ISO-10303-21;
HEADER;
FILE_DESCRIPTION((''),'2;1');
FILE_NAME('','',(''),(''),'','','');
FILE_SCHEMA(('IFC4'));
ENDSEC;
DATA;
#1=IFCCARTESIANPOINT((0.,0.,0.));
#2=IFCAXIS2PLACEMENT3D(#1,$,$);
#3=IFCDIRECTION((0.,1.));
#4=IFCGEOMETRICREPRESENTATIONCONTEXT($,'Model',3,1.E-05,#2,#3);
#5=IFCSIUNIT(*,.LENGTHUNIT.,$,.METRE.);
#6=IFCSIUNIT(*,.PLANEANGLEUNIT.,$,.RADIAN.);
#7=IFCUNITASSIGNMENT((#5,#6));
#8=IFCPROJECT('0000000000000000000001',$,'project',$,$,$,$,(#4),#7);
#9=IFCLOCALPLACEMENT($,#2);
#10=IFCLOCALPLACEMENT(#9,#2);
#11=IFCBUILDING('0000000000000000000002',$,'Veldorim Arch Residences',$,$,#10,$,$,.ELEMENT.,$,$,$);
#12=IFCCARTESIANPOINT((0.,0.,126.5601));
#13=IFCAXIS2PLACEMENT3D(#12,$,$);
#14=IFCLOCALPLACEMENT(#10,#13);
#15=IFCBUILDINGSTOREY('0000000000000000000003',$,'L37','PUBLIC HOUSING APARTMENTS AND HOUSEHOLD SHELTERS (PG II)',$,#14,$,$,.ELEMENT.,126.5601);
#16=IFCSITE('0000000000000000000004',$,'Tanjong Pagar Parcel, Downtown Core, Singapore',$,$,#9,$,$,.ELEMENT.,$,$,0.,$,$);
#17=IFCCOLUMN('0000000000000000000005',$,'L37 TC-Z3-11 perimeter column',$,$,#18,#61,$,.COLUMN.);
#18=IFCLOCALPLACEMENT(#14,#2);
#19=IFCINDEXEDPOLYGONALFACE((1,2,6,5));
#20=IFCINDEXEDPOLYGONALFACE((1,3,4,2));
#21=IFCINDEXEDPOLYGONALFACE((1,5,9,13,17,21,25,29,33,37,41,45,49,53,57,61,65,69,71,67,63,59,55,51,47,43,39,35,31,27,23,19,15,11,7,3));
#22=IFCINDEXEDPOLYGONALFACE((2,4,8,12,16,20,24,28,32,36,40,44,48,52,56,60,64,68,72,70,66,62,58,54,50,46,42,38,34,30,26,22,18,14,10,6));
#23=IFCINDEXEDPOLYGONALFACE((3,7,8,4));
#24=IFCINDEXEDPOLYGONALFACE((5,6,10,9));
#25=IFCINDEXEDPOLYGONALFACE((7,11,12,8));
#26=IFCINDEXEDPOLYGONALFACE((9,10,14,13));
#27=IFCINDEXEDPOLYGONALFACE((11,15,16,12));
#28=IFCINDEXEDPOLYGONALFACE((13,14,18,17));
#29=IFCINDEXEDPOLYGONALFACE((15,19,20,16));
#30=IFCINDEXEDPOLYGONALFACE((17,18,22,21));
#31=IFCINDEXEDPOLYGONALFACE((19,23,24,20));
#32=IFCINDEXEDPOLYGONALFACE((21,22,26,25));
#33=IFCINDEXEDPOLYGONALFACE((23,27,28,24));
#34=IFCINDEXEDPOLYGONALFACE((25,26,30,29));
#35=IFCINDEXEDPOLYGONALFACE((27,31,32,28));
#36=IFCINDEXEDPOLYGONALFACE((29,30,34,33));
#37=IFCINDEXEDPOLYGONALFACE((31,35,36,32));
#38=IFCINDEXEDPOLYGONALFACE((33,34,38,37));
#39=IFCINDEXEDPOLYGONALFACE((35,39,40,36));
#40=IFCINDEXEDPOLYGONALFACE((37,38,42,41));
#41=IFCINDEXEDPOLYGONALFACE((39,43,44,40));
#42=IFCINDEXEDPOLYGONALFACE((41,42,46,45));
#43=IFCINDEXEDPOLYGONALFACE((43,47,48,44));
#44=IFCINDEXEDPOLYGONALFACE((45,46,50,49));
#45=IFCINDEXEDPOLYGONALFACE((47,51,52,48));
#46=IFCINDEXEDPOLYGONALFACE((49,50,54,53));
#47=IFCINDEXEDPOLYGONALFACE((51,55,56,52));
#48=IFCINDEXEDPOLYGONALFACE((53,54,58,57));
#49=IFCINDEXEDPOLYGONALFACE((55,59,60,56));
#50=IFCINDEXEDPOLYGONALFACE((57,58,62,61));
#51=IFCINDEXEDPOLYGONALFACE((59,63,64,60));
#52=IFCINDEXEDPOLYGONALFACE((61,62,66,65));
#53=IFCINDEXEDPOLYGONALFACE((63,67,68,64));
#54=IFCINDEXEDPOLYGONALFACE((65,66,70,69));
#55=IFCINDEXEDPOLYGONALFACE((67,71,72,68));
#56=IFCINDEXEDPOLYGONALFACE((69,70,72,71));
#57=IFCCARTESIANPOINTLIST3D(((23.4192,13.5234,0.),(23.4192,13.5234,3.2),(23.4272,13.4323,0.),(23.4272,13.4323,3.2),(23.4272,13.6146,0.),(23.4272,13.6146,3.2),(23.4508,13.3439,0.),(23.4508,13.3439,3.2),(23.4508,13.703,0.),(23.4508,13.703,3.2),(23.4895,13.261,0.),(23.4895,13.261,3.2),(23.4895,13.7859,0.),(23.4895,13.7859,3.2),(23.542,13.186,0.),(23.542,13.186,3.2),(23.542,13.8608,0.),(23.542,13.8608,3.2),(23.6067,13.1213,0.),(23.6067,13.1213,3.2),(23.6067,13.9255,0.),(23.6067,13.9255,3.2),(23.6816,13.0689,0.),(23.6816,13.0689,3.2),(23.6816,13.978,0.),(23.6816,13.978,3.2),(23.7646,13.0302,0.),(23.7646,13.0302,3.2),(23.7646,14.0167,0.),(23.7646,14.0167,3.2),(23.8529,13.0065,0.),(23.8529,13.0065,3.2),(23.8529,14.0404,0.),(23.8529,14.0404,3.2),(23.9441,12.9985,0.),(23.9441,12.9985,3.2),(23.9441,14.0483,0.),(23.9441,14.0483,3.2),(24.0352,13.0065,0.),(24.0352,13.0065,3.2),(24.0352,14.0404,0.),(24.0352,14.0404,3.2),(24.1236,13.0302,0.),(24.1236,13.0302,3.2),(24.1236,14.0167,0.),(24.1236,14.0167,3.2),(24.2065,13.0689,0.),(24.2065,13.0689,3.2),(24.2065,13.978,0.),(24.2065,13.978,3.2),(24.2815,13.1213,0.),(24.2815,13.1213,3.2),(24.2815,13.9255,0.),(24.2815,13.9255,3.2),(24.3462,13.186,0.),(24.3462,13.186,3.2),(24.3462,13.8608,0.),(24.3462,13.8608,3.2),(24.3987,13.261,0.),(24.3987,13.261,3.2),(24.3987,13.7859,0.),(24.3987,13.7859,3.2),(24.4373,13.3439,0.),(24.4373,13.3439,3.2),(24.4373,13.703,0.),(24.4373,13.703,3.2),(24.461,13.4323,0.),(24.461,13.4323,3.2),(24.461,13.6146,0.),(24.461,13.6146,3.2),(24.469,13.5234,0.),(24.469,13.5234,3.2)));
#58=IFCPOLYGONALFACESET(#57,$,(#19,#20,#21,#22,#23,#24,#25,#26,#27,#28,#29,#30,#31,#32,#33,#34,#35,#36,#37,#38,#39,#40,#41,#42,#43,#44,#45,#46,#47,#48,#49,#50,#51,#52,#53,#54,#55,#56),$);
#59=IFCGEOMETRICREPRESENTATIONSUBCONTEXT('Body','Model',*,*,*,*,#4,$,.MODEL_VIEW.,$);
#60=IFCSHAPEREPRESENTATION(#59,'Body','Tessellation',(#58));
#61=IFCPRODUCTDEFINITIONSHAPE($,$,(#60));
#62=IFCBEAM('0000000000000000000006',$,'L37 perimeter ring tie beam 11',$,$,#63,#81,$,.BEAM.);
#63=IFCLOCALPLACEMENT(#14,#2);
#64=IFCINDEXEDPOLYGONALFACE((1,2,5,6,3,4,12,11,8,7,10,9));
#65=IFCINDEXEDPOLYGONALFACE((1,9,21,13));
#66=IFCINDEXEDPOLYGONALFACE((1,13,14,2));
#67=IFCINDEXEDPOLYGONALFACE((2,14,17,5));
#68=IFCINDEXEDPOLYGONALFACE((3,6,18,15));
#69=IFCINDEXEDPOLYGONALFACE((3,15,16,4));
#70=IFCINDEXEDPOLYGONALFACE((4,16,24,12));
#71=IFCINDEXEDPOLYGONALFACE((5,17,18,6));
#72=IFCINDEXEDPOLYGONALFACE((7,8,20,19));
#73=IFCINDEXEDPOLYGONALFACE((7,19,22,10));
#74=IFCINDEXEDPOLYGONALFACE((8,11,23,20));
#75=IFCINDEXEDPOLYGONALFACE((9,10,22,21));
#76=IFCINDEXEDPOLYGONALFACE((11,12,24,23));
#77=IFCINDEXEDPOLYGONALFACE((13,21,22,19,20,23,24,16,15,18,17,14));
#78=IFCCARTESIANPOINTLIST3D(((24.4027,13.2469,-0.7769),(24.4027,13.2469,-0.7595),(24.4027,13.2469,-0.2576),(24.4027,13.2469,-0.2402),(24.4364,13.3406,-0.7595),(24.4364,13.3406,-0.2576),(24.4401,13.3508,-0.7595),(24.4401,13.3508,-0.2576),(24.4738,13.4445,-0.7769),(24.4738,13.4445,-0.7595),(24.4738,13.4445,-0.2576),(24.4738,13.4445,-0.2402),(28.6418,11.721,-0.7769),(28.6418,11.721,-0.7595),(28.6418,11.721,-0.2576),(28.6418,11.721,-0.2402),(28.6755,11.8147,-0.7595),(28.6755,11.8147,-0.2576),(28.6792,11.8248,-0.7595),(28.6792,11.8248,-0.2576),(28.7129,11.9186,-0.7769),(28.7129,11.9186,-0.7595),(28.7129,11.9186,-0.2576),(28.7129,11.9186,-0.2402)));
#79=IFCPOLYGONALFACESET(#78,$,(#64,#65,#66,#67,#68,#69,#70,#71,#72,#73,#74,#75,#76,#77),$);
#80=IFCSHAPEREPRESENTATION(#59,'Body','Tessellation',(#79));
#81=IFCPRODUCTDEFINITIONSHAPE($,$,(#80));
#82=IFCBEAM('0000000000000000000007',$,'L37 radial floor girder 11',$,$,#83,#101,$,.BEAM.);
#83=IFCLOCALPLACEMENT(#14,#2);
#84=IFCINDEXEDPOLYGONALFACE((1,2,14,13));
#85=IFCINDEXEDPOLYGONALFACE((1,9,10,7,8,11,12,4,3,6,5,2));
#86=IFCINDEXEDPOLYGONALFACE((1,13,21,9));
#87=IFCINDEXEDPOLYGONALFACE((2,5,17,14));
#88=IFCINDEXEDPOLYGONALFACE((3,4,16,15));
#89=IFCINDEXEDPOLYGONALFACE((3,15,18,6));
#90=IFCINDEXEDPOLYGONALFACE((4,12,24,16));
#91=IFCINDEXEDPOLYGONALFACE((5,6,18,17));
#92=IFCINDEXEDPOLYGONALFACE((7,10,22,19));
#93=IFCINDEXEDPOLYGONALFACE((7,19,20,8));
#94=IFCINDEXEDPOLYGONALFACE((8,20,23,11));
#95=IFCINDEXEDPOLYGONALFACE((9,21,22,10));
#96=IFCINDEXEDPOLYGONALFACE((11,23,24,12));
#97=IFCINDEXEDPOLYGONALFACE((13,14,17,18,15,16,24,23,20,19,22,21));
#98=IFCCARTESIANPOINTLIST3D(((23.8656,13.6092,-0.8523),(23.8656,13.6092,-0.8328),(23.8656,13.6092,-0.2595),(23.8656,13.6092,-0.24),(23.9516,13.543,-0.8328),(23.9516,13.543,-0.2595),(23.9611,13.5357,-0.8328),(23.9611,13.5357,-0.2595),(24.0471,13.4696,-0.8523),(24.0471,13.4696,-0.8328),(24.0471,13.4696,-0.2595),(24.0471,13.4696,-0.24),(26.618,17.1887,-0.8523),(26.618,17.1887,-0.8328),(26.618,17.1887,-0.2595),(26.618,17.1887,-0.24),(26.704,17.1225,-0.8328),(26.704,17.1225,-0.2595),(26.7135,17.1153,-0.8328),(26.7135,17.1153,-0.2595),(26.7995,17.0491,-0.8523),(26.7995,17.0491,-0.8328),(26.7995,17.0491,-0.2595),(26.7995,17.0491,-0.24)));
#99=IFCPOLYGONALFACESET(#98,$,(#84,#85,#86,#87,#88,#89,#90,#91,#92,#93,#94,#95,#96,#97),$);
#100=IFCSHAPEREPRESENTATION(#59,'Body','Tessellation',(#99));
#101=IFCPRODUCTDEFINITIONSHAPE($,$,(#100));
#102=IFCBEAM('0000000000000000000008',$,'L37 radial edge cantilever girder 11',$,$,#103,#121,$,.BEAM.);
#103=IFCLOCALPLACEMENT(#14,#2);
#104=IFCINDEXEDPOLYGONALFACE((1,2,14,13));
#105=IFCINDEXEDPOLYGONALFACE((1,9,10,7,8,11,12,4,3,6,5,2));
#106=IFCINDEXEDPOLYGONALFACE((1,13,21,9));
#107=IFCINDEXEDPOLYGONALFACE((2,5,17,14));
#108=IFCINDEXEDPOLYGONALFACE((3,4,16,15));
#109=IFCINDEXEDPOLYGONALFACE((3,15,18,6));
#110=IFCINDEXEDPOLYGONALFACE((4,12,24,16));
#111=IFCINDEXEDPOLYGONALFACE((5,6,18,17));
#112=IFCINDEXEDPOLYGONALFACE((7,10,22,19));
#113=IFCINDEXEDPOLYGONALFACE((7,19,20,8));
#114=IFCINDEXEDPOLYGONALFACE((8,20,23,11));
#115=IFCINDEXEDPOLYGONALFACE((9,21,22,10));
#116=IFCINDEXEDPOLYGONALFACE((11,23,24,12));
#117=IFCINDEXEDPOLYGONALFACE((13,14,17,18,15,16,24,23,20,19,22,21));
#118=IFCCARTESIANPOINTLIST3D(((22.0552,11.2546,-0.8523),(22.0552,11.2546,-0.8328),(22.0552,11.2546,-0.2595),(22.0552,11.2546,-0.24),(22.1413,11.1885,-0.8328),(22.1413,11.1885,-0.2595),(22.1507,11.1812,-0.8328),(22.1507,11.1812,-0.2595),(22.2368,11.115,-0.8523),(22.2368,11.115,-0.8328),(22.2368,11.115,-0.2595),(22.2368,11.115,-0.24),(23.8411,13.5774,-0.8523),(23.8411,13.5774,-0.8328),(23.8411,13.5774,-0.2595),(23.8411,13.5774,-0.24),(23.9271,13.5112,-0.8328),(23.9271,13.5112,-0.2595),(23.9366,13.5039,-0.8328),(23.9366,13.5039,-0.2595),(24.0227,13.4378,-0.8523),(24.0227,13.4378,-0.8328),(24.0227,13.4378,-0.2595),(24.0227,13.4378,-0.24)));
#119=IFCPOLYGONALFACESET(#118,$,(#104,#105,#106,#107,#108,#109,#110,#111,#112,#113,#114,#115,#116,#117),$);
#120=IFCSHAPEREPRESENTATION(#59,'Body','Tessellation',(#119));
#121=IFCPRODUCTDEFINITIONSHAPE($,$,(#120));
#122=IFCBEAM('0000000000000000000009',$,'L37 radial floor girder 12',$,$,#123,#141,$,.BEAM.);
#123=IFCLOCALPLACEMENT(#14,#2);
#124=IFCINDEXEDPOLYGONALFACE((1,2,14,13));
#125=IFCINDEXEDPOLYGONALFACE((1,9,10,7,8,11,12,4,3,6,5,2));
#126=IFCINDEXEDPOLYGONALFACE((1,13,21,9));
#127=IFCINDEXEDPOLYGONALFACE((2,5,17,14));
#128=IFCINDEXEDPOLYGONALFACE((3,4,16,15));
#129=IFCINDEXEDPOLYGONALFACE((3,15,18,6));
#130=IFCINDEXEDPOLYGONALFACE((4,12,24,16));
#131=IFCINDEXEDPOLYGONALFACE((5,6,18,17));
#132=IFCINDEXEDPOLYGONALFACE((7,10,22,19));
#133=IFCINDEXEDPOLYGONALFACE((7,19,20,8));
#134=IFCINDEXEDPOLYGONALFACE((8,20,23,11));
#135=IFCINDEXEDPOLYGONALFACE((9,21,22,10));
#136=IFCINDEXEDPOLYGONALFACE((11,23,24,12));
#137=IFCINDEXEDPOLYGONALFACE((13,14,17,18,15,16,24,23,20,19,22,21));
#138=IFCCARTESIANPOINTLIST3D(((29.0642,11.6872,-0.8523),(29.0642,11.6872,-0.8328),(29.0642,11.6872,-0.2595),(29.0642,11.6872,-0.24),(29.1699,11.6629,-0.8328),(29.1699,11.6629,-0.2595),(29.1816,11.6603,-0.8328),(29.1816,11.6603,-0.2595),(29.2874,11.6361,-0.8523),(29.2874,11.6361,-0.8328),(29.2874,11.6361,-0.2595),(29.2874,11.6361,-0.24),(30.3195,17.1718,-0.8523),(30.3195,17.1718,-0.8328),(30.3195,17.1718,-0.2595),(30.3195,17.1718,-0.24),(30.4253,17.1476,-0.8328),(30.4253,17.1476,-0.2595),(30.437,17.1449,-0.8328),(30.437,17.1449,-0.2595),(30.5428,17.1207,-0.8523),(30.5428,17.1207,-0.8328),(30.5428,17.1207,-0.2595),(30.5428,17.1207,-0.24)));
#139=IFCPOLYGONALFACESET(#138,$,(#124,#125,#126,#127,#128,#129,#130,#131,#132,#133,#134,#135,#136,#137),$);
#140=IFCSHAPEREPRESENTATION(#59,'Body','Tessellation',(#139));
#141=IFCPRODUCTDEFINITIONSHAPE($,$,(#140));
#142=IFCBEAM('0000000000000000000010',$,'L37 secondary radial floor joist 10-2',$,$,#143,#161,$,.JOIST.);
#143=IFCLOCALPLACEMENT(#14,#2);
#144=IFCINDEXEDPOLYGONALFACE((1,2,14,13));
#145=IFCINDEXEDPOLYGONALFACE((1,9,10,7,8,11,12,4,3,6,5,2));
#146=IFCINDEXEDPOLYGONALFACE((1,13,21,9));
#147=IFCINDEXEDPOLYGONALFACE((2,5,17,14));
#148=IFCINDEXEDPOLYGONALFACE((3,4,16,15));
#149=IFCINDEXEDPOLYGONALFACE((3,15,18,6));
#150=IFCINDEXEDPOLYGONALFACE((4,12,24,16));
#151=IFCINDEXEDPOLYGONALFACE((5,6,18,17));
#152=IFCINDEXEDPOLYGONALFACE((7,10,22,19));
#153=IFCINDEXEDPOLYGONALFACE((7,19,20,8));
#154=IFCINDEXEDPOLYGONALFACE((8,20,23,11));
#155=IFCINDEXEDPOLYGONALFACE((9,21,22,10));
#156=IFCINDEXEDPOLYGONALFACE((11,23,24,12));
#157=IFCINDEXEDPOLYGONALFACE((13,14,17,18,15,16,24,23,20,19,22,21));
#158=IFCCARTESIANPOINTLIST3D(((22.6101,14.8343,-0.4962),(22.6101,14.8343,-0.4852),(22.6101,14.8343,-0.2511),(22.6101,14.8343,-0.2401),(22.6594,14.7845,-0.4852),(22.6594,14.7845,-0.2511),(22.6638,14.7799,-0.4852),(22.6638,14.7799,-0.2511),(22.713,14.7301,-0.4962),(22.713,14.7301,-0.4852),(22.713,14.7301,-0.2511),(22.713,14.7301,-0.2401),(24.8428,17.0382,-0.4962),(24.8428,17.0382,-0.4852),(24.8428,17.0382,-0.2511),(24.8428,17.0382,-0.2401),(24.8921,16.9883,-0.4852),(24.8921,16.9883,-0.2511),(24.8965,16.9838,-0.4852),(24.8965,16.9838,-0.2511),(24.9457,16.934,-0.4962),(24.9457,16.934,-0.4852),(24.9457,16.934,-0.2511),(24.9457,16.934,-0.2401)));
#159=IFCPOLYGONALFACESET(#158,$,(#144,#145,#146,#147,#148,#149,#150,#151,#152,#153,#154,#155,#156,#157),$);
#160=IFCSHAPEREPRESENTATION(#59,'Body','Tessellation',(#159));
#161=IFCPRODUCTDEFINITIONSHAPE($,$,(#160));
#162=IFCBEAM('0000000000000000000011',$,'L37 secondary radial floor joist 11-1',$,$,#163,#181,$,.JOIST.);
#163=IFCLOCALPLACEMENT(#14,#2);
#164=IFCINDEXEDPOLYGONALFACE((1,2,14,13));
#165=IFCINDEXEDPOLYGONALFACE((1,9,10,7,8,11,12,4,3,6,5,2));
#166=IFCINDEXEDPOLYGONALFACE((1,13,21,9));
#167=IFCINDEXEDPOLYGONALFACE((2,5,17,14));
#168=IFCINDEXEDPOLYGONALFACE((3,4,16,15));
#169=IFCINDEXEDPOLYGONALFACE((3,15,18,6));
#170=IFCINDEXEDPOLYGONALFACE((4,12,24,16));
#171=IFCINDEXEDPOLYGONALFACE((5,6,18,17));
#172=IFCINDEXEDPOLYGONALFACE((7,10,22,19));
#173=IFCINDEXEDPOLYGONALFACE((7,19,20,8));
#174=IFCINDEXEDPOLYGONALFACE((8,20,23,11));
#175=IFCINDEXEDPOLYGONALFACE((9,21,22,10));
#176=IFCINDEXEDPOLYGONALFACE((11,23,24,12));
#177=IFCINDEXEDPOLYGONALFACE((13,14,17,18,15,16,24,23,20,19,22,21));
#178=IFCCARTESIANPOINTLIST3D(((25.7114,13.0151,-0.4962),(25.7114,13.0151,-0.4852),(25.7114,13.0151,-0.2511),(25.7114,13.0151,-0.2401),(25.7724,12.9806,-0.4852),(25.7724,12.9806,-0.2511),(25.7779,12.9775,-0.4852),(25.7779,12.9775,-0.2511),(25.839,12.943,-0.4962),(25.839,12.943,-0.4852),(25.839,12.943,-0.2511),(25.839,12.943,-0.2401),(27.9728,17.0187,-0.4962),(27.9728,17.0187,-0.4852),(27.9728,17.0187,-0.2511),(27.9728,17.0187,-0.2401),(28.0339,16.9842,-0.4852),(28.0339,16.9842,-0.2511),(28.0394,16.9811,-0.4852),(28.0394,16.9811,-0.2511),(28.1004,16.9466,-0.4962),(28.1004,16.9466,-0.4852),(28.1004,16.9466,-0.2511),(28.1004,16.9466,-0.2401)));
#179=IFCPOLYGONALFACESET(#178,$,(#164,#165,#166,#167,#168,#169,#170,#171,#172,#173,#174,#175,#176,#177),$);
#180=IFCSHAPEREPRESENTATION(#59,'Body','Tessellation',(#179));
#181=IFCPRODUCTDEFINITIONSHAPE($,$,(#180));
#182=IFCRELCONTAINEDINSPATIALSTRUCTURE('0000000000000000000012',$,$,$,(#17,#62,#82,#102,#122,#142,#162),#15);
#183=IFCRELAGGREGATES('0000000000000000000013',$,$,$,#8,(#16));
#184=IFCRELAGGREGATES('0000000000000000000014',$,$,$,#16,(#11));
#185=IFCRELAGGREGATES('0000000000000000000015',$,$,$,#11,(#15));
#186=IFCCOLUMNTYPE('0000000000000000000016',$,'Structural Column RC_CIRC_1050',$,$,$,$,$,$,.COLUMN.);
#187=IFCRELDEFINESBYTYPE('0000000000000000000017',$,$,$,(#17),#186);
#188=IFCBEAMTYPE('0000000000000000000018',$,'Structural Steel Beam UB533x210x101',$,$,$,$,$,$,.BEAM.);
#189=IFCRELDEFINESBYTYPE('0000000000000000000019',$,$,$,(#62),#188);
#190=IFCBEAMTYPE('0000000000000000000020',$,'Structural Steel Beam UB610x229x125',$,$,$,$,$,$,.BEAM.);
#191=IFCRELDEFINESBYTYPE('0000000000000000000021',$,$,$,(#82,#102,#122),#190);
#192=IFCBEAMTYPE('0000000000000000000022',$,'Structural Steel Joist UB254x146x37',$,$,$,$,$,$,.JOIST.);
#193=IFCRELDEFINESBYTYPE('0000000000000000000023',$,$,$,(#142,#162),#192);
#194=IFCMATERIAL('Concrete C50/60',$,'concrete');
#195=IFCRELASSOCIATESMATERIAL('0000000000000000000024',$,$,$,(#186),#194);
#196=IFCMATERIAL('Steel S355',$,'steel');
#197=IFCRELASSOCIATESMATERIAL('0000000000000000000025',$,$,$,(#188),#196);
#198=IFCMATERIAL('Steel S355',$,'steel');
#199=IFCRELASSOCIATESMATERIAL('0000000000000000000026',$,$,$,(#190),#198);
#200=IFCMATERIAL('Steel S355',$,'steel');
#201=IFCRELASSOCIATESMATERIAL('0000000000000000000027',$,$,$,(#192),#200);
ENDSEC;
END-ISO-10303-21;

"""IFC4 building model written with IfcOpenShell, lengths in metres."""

from ifc_helpers import new_model, si_unit, direction, frame, origin, origin_2d, place, context, subcontext, project, spatial, circle, i_section, extrude, material, material_profile, profile_set, type_object, element, save


model = new_model("IFC4")

# Units and contexts
model_context = context("Model", 3, precision=1e-05, world=origin(), true_north=direction((0.0, 1.0)))
body_context = subcontext(model_context, "Body", "Model", "MODEL_VIEW")
ifc_project = project(units=[si_unit("LENGTHUNIT", "METRE"), si_unit("PLANEANGLEUNIT", "RADIAN")], contexts=[model_context])

# Site, building, storey
site_placement = place(None, origin())
site = spatial("IfcSite", under=ifc_project, at=site_placement, Name="Tanjong Pagar Parcel, Downtown Core, Singapore", CompositionType="ELEMENT", RefElevation=0.0)
building_placement = place(site_placement, origin())
building = spatial("IfcBuilding", under=site, at=building_placement, Name="Veldorim Arch Residences", CompositionType="ELEMENT")
storey_placement = place(building_placement, frame((0.0, 0.0, 126.5601)))
storey = spatial("IfcBuildingStorey", under=building, at=storey_placement, Name="L37", Description="PUBLIC HOUSING APARTMENTS AND HOUSEHOLD SHELTERS (PG II)", CompositionType="ELEMENT", Elevation=126.5601)

# Column
ifc_material_1 = material(Name="Concrete C50/60", Category="concrete")
ifc_material_profile_1 = material_profile(ifc_material_1, circle(Radius=0.5249, at=origin_2d()), Name="RC_CIRC_1050")
ifc_profile_set_1 = profile_set([ifc_material_profile_1], Name="Concrete C50/60")
column_type = type_object("IfcColumnType", Name="Structural Column RC_CIRC_1050", PredefinedType="COLUMN", material=ifc_profile_set_1)
column_placement = place(storey_placement, frame((23.9441, 13.5234, 0.0), z_axis=(0.0, 0.0, 1.0), x_axis=(1.0, 0.0, 0.0)))
element("IfcColumn", 1, at=column_placement, inside=storey, type_object=column_type, Name="L37 TC-Z3-11 perimeter column", PredefinedType="COLUMN", context=body_context, shape_type="SweptSolid", body=[
    extrude(circle(Radius=0.5249, at=origin_2d()), origin(), (0.0, 0.0, 1.0), 3.2),
])

# Beams
ifc_material_2 = material(Name="Steel S355", Category="steel")
ifc_material_profile_2 = material_profile(ifc_material_2, i_section(OverallWidth=0.21, OverallDepth=0.5366, WebThickness=0.0107, FlangeThickness=0.0173, at=origin_2d()), Name="UB533x210x101")
ifc_profile_set_2 = profile_set([ifc_material_profile_2], Name="Steel S355")
beam_type_1 = type_object("IfcBeamType", Name="Structural Steel Beam UB533x210x101", PredefinedType="BEAM", material=ifc_profile_set_2)
beam_1_placement = place(storey_placement, frame((24.4382, 13.3457, -0.5085), z_axis=(0.940899, -0.338687, 0.0), x_axis=(0.338687, 0.940899, 0.0)))
element("IfcBeam", 2, at=beam_1_placement, inside=storey, type_object=beam_type_1, Name="L37 perimeter ring tie beam 11", PredefinedType="BEAM", context=body_context, shape_type="SweptSolid", body=[
    extrude(i_section(OverallWidth=0.21, OverallDepth=0.5366, WebThickness=0.0107, FlangeThickness=0.0173, at=origin_2d()), origin(), (0.0, 0.0, 1.0), 4.5054),
])
ifc_material_3 = material(Name="Steel S355", Category="steel")
ifc_material_profile_3 = material_profile(ifc_material_3, i_section(OverallWidth=0.229, OverallDepth=0.6123, WebThickness=0.012, FlangeThickness=0.0195, at=origin_2d()), Name="UB610x229x125")
ifc_profile_set_3 = profile_set([ifc_material_profile_3], Name="Steel S355")
beam_type_2 = type_object("IfcBeamType", Name="Structural Steel Beam UB610x229x125", PredefinedType="BEAM", material=ifc_profile_set_3)
beam_2_placement = place(storey_placement, frame((26.7087, 17.1189, -0.5461), z_axis=(-0.609559, -0.792741, 0.0), x_axis=(0.792741, -0.609559, 0.0)))
element("IfcBeam", 3, at=beam_2_placement, inside=storey, type_object=beam_type_2, Name="L37 radial floor girder 11", PredefinedType="BEAM", context=body_context, shape_type="SweptSolid", body=[
    extrude(i_section(OverallWidth=0.229, OverallDepth=0.6123, WebThickness=0.012, FlangeThickness=0.0195, at=origin_2d()), origin(), (0.0, 0.0, 1.0), 4.5154),
])
beam_3_placement = place(storey_placement, frame((23.9319, 13.5076, -0.5461), z_axis=(-0.60953, -0.792763, 0.0), x_axis=(0.792763, -0.60953, 0.0)))
element("IfcBeam", 4, at=beam_3_placement, inside=storey, type_object=beam_type_2, Name="L37 radial edge cantilever girder 11", PredefinedType="BEAM", context=body_context, shape_type="SweptSolid", body=[
    extrude(i_section(OverallWidth=0.229, OverallDepth=0.6123, WebThickness=0.012, FlangeThickness=0.0195, at=origin_2d()), origin(), (0.0, 0.0, 1.0), 2.9299),
])
beam_4_placement = place(storey_placement, frame((30.4312, 17.1462, -0.5461), z_axis=(-0.223119, -0.974791, 0.0), x_axis=(0.974791, -0.223119, 0.0)))
element("IfcBeam", 5, at=beam_4_placement, inside=storey, type_object=beam_type_2, Name="L37 radial floor girder 12", PredefinedType="BEAM", context=body_context, shape_type="SweptSolid", body=[
    extrude(i_section(OverallWidth=0.229, OverallDepth=0.6123, WebThickness=0.012, FlangeThickness=0.0195, at=origin_2d()), origin(), (0.0, 0.0, 1.0), 5.6265),
])
ifc_material_4 = material(Name="Steel S355", Category="steel")
ifc_material_profile_4 = material_profile(ifc_material_4, i_section(OverallWidth=0.1465, OverallDepth=0.2561, WebThickness=0.0063, FlangeThickness=0.011, at=origin_2d()), Name="UB254x146x37")
ifc_profile_set_4 = profile_set([ifc_material_profile_4], Name="Steel S355")
beam_type_3 = type_object("IfcBeamType", Name="Structural Steel Joist UB254x146x37", PredefinedType="JOIST", material=ifc_profile_set_4)
beam_5_placement = place(storey_placement, frame((24.8943, 16.9861, -0.3682), z_axis=(-0.711683, -0.7025, 0.0), x_axis=(0.7025, -0.711683, 0.0)))
element("IfcBeam", 6, at=beam_5_placement, inside=storey, type_object=beam_type_3, Name="L37 secondary radial floor joist 10-2", PredefinedType="JOIST", context=body_context, shape_type="SweptSolid", body=[
    extrude(i_section(OverallWidth=0.1465, OverallDepth=0.2561, WebThickness=0.0063, FlangeThickness=0.011, at=origin_2d()), origin(), (0.0, 0.0, 1.0), 3.1372),
])
beam_6_placement = place(storey_placement, frame((28.0366, 16.9827, -0.3682), z_axis=(-0.491816, -0.870699, 0.0), x_axis=(0.870699, -0.491816, 0.0)))
element("IfcBeam", 7, at=beam_6_placement, inside=storey, type_object=beam_type_3, Name="L37 secondary radial floor joist 11-1", PredefinedType="JOIST", context=body_context, shape_type="SweptSolid", body=[
    extrude(i_section(OverallWidth=0.1465, OverallDepth=0.2561, WebThickness=0.0063, FlangeThickness=0.011, at=origin_2d()), origin(), (0.0, 0.0, 1.0), 4.5981),
])

save(model, "model.ifc")
